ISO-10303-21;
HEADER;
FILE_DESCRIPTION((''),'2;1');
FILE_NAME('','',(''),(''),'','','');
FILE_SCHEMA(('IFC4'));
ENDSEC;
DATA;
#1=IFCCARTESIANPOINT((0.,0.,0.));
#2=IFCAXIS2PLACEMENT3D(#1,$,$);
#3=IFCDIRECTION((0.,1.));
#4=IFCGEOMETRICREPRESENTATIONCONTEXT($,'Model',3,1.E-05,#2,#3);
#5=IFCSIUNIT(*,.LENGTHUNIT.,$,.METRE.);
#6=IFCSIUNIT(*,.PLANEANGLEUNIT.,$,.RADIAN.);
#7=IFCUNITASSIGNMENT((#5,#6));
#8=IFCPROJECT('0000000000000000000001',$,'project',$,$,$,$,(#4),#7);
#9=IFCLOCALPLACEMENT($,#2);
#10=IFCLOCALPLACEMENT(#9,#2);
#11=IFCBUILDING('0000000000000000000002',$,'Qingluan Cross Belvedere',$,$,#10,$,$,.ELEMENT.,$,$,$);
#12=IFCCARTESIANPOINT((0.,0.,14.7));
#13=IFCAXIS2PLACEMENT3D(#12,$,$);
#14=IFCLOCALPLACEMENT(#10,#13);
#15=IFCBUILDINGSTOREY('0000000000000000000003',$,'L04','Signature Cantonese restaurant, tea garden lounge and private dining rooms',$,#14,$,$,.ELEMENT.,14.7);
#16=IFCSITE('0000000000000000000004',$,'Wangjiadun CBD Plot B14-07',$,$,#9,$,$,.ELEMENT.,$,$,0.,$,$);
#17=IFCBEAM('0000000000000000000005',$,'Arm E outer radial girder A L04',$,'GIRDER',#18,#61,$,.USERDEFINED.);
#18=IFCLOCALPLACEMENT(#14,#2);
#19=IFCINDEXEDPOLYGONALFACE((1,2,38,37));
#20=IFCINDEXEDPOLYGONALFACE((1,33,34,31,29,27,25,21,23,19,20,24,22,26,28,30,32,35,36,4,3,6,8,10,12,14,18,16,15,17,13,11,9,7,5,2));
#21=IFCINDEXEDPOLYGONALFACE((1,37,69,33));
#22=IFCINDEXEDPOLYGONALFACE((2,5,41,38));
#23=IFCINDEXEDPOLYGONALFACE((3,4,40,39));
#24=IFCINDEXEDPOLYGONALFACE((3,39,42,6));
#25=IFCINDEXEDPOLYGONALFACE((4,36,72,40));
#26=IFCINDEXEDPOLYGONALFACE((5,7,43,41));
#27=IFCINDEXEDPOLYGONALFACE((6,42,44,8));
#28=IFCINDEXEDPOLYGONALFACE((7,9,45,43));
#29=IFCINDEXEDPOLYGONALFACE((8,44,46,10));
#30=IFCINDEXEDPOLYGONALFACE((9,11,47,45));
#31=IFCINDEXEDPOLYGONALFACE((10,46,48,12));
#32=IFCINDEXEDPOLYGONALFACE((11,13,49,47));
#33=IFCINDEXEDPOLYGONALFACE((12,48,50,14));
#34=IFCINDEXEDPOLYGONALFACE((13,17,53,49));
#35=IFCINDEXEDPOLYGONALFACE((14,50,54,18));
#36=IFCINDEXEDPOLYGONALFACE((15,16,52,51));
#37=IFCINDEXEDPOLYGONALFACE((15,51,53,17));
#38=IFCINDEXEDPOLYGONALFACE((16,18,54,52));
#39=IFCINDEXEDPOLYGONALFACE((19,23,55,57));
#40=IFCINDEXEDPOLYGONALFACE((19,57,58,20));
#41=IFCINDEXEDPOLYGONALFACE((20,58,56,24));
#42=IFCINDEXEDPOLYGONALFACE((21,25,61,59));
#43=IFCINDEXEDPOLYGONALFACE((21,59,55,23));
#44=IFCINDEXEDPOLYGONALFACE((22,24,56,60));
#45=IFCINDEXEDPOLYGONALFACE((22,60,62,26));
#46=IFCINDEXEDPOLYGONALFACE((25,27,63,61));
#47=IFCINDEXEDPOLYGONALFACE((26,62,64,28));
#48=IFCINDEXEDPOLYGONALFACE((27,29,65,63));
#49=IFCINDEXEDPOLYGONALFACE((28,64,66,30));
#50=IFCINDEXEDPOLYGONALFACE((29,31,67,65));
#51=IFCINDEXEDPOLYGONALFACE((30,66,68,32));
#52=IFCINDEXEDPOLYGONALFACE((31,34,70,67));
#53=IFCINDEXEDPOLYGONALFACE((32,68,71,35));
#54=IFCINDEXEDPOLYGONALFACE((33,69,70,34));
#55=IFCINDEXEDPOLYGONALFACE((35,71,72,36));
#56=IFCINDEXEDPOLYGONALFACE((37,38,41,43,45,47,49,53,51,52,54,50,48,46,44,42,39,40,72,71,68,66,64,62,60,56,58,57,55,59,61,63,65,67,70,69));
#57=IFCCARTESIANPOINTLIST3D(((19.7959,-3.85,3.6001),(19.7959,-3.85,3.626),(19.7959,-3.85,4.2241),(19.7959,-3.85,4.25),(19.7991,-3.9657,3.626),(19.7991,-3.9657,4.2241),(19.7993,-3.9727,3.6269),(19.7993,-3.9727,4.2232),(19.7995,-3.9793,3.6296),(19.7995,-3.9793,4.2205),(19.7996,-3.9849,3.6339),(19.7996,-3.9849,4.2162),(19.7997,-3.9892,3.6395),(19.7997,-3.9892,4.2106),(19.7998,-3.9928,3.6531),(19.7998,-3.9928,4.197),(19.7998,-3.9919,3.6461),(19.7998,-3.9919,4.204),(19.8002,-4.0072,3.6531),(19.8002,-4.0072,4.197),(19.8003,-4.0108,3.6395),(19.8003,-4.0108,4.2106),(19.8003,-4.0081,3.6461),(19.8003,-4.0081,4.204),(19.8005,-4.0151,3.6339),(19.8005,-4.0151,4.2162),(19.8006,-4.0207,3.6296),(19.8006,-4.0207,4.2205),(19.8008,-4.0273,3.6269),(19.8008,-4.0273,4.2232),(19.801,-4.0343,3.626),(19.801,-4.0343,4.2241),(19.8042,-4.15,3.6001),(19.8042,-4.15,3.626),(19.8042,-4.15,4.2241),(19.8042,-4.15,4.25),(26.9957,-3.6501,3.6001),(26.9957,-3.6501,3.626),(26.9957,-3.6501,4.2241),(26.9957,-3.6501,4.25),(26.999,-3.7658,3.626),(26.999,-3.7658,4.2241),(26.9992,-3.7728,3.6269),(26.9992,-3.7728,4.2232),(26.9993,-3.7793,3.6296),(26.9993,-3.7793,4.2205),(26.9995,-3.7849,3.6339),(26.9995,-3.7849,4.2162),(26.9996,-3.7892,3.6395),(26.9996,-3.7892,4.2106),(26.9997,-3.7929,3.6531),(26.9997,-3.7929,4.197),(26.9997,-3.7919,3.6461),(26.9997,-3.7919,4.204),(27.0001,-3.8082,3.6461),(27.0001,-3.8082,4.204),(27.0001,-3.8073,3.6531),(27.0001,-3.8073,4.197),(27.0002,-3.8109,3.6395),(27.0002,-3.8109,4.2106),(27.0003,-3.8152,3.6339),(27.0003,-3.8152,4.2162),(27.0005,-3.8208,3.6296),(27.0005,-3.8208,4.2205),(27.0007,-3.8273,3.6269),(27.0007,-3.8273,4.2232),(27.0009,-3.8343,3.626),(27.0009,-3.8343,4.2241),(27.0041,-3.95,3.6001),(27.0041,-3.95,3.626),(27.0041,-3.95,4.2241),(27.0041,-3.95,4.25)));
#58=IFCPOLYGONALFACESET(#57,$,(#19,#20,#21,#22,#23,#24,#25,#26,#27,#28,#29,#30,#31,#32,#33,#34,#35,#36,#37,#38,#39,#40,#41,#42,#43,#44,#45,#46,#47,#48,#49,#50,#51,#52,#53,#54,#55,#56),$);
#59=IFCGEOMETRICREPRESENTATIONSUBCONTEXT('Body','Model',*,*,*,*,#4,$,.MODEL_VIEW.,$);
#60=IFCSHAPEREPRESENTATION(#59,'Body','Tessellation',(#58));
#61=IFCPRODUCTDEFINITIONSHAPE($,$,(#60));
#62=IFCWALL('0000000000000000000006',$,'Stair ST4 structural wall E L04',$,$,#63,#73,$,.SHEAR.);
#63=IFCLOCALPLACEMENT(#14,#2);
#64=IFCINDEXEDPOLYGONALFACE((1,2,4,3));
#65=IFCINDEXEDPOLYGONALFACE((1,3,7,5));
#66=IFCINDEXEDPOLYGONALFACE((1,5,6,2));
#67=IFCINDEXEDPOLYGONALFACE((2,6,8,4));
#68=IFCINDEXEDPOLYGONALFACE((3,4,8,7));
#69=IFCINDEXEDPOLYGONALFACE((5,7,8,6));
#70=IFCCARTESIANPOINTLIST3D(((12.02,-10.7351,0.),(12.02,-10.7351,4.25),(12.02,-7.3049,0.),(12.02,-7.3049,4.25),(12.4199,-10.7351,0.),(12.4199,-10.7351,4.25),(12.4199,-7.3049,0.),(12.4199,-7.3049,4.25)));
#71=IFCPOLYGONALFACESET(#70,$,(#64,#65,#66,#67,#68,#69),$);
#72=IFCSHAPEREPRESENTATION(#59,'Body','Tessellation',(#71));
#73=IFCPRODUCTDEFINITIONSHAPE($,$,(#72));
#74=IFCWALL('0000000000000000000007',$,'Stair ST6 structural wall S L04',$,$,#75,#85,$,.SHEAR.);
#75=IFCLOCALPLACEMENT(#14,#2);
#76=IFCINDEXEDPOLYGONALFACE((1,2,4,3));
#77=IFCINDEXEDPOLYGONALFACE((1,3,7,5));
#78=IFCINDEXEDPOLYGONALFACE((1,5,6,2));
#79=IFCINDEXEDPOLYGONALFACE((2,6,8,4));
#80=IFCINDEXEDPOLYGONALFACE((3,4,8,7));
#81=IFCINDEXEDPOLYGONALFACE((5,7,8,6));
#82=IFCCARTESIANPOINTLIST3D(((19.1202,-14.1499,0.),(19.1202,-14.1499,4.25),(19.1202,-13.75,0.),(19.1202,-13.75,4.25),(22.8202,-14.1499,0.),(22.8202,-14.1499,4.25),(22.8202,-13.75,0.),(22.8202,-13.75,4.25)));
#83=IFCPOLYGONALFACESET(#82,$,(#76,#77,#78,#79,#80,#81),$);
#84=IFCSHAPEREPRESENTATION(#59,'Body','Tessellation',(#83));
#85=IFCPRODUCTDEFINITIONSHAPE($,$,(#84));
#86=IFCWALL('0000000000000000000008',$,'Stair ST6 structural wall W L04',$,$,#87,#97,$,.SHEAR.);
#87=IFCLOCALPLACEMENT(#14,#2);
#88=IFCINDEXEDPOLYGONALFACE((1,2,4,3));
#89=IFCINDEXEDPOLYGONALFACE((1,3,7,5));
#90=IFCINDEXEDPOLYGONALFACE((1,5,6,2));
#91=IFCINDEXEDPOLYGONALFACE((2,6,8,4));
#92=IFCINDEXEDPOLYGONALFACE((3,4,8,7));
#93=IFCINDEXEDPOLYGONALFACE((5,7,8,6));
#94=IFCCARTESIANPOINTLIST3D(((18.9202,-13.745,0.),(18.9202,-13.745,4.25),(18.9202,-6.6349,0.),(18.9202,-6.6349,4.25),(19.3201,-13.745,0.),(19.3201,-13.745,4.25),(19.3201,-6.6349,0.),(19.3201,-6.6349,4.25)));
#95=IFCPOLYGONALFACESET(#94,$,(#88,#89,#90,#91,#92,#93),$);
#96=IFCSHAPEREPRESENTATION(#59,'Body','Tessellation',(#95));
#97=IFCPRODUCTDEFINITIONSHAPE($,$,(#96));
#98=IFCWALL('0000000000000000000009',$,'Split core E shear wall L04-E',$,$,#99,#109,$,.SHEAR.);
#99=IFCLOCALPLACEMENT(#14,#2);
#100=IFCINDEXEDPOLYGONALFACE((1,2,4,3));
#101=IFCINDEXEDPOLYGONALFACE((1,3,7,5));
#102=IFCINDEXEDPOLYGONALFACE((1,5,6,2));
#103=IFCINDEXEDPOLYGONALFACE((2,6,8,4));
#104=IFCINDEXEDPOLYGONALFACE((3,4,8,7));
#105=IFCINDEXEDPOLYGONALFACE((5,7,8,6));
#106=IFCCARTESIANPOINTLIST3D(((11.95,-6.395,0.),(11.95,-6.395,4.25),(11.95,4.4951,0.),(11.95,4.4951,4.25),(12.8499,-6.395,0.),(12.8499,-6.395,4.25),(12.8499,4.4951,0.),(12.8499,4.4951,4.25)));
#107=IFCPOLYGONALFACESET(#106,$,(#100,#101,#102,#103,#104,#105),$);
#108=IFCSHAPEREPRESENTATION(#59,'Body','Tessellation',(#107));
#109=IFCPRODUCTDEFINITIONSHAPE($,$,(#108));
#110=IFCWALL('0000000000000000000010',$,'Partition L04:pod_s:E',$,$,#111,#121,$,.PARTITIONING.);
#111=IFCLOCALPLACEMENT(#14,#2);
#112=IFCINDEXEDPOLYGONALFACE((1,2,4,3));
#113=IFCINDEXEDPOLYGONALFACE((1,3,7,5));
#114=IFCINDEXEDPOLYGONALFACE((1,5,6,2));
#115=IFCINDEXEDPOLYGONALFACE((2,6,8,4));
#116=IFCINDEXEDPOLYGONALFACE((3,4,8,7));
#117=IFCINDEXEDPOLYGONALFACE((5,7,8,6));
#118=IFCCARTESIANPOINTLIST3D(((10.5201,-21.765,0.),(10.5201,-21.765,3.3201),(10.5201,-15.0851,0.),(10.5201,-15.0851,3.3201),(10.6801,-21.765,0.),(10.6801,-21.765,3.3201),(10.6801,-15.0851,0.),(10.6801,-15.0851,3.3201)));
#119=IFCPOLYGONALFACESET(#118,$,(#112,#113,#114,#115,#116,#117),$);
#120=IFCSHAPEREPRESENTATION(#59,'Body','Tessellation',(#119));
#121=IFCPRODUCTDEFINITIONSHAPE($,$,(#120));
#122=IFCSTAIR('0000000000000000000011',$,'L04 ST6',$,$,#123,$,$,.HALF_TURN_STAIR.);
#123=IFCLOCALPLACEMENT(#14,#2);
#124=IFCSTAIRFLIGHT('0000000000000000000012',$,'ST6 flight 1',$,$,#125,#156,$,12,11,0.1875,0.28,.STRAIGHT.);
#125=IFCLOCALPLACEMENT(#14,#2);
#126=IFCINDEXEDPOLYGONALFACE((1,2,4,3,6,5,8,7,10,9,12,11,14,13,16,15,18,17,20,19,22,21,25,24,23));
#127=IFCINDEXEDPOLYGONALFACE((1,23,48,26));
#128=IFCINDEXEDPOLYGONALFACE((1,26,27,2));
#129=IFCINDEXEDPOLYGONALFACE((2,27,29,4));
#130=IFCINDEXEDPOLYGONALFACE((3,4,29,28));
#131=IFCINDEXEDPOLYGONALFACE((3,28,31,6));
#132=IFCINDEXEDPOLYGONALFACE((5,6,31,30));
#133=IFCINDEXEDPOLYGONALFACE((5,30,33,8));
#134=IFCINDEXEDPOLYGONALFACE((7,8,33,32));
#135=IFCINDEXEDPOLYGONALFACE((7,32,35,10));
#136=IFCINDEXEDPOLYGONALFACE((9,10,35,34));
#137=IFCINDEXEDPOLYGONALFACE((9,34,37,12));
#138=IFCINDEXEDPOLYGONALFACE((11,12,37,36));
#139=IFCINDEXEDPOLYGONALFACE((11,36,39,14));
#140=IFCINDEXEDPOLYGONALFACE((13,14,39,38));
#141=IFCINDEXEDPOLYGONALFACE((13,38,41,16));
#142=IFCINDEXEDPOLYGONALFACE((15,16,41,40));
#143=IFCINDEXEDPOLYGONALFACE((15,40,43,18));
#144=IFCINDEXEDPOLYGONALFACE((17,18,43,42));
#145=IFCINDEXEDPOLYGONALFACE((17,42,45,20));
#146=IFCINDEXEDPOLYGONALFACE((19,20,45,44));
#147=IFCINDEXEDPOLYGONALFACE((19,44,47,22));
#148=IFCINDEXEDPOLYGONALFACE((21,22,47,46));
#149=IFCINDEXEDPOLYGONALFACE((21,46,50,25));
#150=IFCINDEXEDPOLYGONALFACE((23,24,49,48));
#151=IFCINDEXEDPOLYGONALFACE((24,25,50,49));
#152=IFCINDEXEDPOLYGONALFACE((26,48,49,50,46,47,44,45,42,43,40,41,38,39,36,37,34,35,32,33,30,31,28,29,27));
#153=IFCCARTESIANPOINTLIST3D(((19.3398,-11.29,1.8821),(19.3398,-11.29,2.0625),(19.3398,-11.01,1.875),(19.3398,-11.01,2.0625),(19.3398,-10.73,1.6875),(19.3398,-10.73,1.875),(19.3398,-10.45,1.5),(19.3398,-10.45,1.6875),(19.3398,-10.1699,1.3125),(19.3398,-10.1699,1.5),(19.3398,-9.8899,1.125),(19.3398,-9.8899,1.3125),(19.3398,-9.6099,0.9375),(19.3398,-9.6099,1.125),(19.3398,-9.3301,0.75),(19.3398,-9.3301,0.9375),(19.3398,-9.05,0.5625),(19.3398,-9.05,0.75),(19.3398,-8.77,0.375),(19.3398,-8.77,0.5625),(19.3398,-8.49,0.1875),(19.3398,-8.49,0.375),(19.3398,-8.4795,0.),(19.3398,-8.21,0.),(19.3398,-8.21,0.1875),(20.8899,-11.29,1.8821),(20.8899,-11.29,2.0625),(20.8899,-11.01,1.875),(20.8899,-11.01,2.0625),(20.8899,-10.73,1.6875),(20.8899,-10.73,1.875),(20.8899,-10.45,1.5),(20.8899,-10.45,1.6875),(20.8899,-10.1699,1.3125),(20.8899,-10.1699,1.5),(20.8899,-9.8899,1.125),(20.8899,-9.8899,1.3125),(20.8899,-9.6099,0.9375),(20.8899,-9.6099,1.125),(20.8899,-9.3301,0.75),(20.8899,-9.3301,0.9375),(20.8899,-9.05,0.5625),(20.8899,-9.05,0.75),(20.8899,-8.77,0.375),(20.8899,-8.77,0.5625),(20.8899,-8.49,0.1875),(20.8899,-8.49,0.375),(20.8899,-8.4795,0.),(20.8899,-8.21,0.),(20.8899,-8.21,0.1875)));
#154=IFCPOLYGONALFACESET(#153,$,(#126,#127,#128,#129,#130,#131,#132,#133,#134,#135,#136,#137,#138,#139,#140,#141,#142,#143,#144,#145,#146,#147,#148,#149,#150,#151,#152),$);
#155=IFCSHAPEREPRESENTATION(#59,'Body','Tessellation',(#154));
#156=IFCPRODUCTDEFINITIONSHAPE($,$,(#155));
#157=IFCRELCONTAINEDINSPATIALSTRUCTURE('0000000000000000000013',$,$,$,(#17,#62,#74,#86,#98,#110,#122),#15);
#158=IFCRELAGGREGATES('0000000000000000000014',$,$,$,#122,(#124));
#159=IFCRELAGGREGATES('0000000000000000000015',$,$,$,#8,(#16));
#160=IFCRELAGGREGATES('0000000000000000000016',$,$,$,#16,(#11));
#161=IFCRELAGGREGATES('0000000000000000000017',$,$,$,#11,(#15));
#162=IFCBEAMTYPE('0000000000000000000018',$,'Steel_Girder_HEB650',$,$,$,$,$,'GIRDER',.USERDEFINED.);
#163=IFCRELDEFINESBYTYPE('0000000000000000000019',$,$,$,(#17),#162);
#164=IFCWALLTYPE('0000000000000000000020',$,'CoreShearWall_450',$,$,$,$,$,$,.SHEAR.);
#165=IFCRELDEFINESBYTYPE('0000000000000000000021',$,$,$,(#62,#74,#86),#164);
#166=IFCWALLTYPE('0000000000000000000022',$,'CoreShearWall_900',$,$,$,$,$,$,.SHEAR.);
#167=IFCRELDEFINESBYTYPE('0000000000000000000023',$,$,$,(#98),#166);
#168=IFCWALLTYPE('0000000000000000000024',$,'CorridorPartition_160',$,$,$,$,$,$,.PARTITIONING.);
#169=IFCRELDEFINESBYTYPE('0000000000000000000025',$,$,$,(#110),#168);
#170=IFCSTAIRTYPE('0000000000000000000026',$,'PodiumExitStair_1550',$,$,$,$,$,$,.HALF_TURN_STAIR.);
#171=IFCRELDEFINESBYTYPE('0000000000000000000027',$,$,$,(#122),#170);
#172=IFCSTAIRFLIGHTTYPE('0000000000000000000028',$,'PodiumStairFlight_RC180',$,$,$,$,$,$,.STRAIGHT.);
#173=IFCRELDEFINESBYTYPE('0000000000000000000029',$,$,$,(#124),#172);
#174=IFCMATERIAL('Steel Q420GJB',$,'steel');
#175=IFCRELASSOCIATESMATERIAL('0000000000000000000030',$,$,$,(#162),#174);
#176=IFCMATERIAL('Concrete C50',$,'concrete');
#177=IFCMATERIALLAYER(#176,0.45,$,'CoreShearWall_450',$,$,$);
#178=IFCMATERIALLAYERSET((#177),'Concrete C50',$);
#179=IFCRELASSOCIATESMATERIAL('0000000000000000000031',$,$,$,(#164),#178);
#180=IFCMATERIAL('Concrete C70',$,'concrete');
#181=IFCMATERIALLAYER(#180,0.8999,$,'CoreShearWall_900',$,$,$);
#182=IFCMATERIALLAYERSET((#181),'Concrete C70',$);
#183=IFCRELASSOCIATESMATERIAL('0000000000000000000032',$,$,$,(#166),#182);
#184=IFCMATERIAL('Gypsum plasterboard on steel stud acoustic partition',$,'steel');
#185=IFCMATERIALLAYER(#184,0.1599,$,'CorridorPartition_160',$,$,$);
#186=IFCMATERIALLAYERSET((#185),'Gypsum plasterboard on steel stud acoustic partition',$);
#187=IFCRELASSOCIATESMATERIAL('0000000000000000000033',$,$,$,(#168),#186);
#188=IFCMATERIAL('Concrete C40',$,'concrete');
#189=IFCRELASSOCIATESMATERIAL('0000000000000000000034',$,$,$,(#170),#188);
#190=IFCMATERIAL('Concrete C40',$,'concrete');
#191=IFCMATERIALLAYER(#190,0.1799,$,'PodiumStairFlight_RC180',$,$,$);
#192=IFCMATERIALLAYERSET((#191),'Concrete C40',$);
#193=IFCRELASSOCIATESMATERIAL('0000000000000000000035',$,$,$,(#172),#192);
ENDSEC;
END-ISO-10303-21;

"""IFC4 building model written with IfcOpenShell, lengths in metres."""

from ifc_helpers import new_model, si_unit, direction, frame, frame_2d, origin, origin_2d, place, context, subcontext, project, spatial, polyline, rectangle, i_section, outline, extrude, material, layer, layer_set, material_profile, profile_set, type_object, element, aggregate, save


model = new_model("IFC4")

# Units and contexts
model_context = context("Model", 3, precision=1e-05, world=origin(), true_north=direction((0.0, 1.0)))
body_context = subcontext(model_context, "Body", "Model", "MODEL_VIEW")
ifc_project = project(units=[si_unit("LENGTHUNIT", "METRE"), si_unit("PLANEANGLEUNIT", "RADIAN")], contexts=[model_context])

# Site, building, storey
site_placement = place(None, origin())
site = spatial("IfcSite", under=ifc_project, at=site_placement, Name="Wangjiadun CBD Plot B14-07", CompositionType="ELEMENT", RefElevation=0.0)
building_placement = place(site_placement, origin())
building = spatial("IfcBuilding", under=site, at=building_placement, Name="Qingluan Cross Belvedere", CompositionType="ELEMENT")
storey_placement = place(building_placement, frame((0.0, 0.0, 14.7)))
storey = spatial("IfcBuildingStorey", under=building, at=storey_placement, Name="L04", Description="Signature Cantonese restaurant, tea garden lounge and private dining rooms", CompositionType="ELEMENT", Elevation=14.7)

# Beam
ifc_material_1 = material(Name="Steel Q420GJB", Category="steel")
ifc_material_profile_1 = material_profile(ifc_material_1, i_section(OverallWidth=0.3, OverallDepth=0.6499, WebThickness=0.0144, FlangeThickness=0.0259, FilletRadius=0.0271, at=origin_2d()), Name="HEB650")
ifc_profile_set_1 = profile_set([ifc_material_profile_1], Name="Steel Q420GJB")
beam_type_1 = type_object("IfcBeamType", Name="Steel_Girder_HEB650", ElementType="GIRDER", PredefinedType="USERDEFINED", material=ifc_profile_set_1)
beam_1_placement = place(storey_placement, frame((19.8, -4.0, 3.925), z_axis=(0.999615, 0.02776, 0.0), x_axis=(-0.02776, 0.999615, 0.0)))
element("IfcBeam", 1, at=beam_1_placement, inside=storey, type_object=beam_type_1, Name="Arm E outer radial girder A L04", ObjectType="GIRDER", PredefinedType="USERDEFINED", context=body_context, shape_type="SweptSolid", body=[
    extrude(i_section(OverallWidth=0.3, OverallDepth=0.6499, WebThickness=0.0144, FlangeThickness=0.0259, FilletRadius=0.0271, at=origin_2d()), origin(), (0.0, 0.0, 1.0), 7.2026),
])

# Wall
ifc_material_2 = material(Name="Concrete C50", Category="concrete")
ifc_layer_1 = layer(ifc_material_2, 0.45, Name="CoreShearWall_450")
ifc_layer_set_1 = layer_set([ifc_layer_1], Name="Concrete C50")
wall_type_1 = type_object("IfcWallType", Name="CoreShearWall_450", PredefinedType="SHEAR", material=ifc_layer_set_1)
wall_1_placement = place(storey_placement, frame((12.22, -10.7351, 0.0), z_axis=(0.0, 0.0, 1.0), x_axis=(0.0, 1.0, 0.0)))
element("IfcWall", 2, at=wall_1_placement, inside=storey, type_object=wall_type_1, Name="Stair ST4 structural wall E L04", PredefinedType="SHEAR", context=body_context, shape_type="SweptSolid", body=[
    extrude(rectangle(XDim=3.4302, YDim=0.3999, at=frame_2d((1.7151, 0.0))), origin(), (0.0, 0.0, 1.0), 4.25),
])

# Walls
wall_2_placement = place(storey_placement, frame((19.1201, -13.95, 0.0), z_axis=(0.0, 0.0, 1.0), x_axis=(1.0, 0.0, 0.0)))
element("IfcWall", 3, at=wall_2_placement, inside=storey, type_object=wall_type_1, Name="Stair ST6 structural wall S L04", PredefinedType="SHEAR", context=body_context, shape_type="SweptSolid", body=[
    extrude(rectangle(XDim=3.7, YDim=0.3999, at=frame_2d((1.8501, 0.0))), origin(), (0.0, 0.0, 1.0), 4.25),
])
wall_3_placement = place(storey_placement, frame((19.1201, -13.7451, 0.0), z_axis=(0.0, 0.0, 1.0), x_axis=(0.0, 1.0, 0.0)))
element("IfcWall", 4, at=wall_3_placement, inside=storey, type_object=wall_type_1, Name="Stair ST6 structural wall W L04", PredefinedType="SHEAR", context=body_context, shape_type="SweptSolid", body=[
    extrude(rectangle(XDim=7.1101, YDim=0.3999, at=frame_2d((3.5552, 0.0))), origin(), (0.0, 0.0, 1.0), 4.25),
])
ifc_material_3 = material(Name="Concrete C70", Category="concrete")
ifc_layer_2 = layer(ifc_material_3, 0.8999, Name="CoreShearWall_900")
ifc_layer_set_2 = layer_set([ifc_layer_2], Name="Concrete C70")
wall_type_2 = type_object("IfcWallType", Name="CoreShearWall_900", PredefinedType="SHEAR", material=ifc_layer_set_2)
wall_4_placement = place(storey_placement, frame((12.3999, -6.395, 0.0), z_axis=(0.0, 0.0, 1.0), x_axis=(0.0, 1.0, 0.0)))
element("IfcWall", 5, at=wall_4_placement, inside=storey, type_object=wall_type_2, Name="Split core E shear wall L04-E", PredefinedType="SHEAR", context=body_context, shape_type="SweptSolid", body=[
    extrude(rectangle(XDim=10.8901, YDim=0.8999, at=frame_2d((5.4451, 0.0))), origin(), (0.0, 0.0, 1.0), 4.25),
])
ifc_material_4 = material(Name="Gypsum plasterboard on steel stud acoustic partition", Category="steel")
ifc_layer_3 = layer(ifc_material_4, 0.1599, Name="CorridorPartition_160")
ifc_layer_set_3 = layer_set([ifc_layer_3], Name="Gypsum plasterboard on steel stud acoustic partition")
wall_type_3 = type_object("IfcWallType", Name="CorridorPartition_160", PredefinedType="PARTITIONING", material=ifc_layer_set_3)
wall_5_placement = place(storey_placement, frame((10.6001, -21.7649, 0.0), z_axis=(0.0, 0.0, 1.0), x_axis=(0.0, 1.0, 0.0)))
element("IfcWall", 6, at=wall_5_placement, inside=storey, type_object=wall_type_3, Name="Partition L04:pod_s:E", PredefinedType="PARTITIONING", context=body_context, shape_type="SweptSolid", body=[
    extrude(rectangle(XDim=6.6799, YDim=0.1599, at=frame_2d((3.3398, 0.0))), origin(), (0.0, 0.0, 1.0), 3.3201),
])

# Stair, stair flight
ifc_material_5 = material(Name="Concrete C40", Category="concrete")
stair_type = type_object("IfcStairType", Name="PodiumExitStair_1550", PredefinedType="HALF_TURN_STAIR", material=ifc_material_5)
stair_placement = place(storey_placement, origin())
stair = element("IfcStair", 7, at=stair_placement, inside=storey, type_object=stair_type, Name="L04 ST6", PredefinedType="HALF_TURN_STAIR")
ifc_material_6 = material(Name="Concrete C40", Category="concrete")
ifc_layer_4 = layer(ifc_material_6, 0.1799, Name="PodiumStairFlight_RC180")
ifc_layer_set_4 = layer_set([ifc_layer_4], Name="Concrete C40")
stair_flight_type = type_object("IfcStairFlightType", Name="PodiumStairFlight_RC180", PredefinedType="STRAIGHT", material=ifc_layer_set_4)
stair_flight_placement = place(storey_placement, frame((20.115, -8.21, 0.0), z_axis=(0.0, 0.0, 1.0), x_axis=(0.0, -1.0, 0.0)))
stair_flight = element("IfcStairFlight", 8, at=stair_flight_placement, type_object=stair_flight_type, Name="ST6 flight 1", NumberOfRisers=12, NumberOfTreads=11, PredefinedType="STRAIGHT", RiserHeight=0.1875, TreadLength=0.28, context=body_context, shape_type="SweptSolid", body=[
    extrude(outline(polyline([(0.0, 0.0), (0.0, 0.1875), (0.28, 0.1875), (0.28, 0.375), (0.5601, 0.375), (0.5601, 0.5625), (0.8401, 0.5625), (0.8401, 0.75), (1.1201, 0.75), (1.1201, 0.9375), (1.3999, 0.9375), (1.3999, 1.125), (1.6799, 1.125), (1.6799, 1.3125), (1.96, 1.3125), (1.96, 1.5), (2.24, 1.5), (2.24, 1.6875), (2.52, 1.6875), (2.52, 1.875), (2.8, 1.875), (2.8, 2.0625), (3.0801, 2.0625), (3.0801, 2.25), (3.0801, 1.8821), (0.2695, 0.0), (0.0, 0.0)])), frame((0.0, 0.7749, 0.0), z_axis=(0.0, -1.0, 0.0), x_axis=(1.0, 0.0, 0.0)), (0.0, 0.0, 1.0), 1.55),
])
aggregate(stair, [stair_flight])

save(model, "model.ifc")
